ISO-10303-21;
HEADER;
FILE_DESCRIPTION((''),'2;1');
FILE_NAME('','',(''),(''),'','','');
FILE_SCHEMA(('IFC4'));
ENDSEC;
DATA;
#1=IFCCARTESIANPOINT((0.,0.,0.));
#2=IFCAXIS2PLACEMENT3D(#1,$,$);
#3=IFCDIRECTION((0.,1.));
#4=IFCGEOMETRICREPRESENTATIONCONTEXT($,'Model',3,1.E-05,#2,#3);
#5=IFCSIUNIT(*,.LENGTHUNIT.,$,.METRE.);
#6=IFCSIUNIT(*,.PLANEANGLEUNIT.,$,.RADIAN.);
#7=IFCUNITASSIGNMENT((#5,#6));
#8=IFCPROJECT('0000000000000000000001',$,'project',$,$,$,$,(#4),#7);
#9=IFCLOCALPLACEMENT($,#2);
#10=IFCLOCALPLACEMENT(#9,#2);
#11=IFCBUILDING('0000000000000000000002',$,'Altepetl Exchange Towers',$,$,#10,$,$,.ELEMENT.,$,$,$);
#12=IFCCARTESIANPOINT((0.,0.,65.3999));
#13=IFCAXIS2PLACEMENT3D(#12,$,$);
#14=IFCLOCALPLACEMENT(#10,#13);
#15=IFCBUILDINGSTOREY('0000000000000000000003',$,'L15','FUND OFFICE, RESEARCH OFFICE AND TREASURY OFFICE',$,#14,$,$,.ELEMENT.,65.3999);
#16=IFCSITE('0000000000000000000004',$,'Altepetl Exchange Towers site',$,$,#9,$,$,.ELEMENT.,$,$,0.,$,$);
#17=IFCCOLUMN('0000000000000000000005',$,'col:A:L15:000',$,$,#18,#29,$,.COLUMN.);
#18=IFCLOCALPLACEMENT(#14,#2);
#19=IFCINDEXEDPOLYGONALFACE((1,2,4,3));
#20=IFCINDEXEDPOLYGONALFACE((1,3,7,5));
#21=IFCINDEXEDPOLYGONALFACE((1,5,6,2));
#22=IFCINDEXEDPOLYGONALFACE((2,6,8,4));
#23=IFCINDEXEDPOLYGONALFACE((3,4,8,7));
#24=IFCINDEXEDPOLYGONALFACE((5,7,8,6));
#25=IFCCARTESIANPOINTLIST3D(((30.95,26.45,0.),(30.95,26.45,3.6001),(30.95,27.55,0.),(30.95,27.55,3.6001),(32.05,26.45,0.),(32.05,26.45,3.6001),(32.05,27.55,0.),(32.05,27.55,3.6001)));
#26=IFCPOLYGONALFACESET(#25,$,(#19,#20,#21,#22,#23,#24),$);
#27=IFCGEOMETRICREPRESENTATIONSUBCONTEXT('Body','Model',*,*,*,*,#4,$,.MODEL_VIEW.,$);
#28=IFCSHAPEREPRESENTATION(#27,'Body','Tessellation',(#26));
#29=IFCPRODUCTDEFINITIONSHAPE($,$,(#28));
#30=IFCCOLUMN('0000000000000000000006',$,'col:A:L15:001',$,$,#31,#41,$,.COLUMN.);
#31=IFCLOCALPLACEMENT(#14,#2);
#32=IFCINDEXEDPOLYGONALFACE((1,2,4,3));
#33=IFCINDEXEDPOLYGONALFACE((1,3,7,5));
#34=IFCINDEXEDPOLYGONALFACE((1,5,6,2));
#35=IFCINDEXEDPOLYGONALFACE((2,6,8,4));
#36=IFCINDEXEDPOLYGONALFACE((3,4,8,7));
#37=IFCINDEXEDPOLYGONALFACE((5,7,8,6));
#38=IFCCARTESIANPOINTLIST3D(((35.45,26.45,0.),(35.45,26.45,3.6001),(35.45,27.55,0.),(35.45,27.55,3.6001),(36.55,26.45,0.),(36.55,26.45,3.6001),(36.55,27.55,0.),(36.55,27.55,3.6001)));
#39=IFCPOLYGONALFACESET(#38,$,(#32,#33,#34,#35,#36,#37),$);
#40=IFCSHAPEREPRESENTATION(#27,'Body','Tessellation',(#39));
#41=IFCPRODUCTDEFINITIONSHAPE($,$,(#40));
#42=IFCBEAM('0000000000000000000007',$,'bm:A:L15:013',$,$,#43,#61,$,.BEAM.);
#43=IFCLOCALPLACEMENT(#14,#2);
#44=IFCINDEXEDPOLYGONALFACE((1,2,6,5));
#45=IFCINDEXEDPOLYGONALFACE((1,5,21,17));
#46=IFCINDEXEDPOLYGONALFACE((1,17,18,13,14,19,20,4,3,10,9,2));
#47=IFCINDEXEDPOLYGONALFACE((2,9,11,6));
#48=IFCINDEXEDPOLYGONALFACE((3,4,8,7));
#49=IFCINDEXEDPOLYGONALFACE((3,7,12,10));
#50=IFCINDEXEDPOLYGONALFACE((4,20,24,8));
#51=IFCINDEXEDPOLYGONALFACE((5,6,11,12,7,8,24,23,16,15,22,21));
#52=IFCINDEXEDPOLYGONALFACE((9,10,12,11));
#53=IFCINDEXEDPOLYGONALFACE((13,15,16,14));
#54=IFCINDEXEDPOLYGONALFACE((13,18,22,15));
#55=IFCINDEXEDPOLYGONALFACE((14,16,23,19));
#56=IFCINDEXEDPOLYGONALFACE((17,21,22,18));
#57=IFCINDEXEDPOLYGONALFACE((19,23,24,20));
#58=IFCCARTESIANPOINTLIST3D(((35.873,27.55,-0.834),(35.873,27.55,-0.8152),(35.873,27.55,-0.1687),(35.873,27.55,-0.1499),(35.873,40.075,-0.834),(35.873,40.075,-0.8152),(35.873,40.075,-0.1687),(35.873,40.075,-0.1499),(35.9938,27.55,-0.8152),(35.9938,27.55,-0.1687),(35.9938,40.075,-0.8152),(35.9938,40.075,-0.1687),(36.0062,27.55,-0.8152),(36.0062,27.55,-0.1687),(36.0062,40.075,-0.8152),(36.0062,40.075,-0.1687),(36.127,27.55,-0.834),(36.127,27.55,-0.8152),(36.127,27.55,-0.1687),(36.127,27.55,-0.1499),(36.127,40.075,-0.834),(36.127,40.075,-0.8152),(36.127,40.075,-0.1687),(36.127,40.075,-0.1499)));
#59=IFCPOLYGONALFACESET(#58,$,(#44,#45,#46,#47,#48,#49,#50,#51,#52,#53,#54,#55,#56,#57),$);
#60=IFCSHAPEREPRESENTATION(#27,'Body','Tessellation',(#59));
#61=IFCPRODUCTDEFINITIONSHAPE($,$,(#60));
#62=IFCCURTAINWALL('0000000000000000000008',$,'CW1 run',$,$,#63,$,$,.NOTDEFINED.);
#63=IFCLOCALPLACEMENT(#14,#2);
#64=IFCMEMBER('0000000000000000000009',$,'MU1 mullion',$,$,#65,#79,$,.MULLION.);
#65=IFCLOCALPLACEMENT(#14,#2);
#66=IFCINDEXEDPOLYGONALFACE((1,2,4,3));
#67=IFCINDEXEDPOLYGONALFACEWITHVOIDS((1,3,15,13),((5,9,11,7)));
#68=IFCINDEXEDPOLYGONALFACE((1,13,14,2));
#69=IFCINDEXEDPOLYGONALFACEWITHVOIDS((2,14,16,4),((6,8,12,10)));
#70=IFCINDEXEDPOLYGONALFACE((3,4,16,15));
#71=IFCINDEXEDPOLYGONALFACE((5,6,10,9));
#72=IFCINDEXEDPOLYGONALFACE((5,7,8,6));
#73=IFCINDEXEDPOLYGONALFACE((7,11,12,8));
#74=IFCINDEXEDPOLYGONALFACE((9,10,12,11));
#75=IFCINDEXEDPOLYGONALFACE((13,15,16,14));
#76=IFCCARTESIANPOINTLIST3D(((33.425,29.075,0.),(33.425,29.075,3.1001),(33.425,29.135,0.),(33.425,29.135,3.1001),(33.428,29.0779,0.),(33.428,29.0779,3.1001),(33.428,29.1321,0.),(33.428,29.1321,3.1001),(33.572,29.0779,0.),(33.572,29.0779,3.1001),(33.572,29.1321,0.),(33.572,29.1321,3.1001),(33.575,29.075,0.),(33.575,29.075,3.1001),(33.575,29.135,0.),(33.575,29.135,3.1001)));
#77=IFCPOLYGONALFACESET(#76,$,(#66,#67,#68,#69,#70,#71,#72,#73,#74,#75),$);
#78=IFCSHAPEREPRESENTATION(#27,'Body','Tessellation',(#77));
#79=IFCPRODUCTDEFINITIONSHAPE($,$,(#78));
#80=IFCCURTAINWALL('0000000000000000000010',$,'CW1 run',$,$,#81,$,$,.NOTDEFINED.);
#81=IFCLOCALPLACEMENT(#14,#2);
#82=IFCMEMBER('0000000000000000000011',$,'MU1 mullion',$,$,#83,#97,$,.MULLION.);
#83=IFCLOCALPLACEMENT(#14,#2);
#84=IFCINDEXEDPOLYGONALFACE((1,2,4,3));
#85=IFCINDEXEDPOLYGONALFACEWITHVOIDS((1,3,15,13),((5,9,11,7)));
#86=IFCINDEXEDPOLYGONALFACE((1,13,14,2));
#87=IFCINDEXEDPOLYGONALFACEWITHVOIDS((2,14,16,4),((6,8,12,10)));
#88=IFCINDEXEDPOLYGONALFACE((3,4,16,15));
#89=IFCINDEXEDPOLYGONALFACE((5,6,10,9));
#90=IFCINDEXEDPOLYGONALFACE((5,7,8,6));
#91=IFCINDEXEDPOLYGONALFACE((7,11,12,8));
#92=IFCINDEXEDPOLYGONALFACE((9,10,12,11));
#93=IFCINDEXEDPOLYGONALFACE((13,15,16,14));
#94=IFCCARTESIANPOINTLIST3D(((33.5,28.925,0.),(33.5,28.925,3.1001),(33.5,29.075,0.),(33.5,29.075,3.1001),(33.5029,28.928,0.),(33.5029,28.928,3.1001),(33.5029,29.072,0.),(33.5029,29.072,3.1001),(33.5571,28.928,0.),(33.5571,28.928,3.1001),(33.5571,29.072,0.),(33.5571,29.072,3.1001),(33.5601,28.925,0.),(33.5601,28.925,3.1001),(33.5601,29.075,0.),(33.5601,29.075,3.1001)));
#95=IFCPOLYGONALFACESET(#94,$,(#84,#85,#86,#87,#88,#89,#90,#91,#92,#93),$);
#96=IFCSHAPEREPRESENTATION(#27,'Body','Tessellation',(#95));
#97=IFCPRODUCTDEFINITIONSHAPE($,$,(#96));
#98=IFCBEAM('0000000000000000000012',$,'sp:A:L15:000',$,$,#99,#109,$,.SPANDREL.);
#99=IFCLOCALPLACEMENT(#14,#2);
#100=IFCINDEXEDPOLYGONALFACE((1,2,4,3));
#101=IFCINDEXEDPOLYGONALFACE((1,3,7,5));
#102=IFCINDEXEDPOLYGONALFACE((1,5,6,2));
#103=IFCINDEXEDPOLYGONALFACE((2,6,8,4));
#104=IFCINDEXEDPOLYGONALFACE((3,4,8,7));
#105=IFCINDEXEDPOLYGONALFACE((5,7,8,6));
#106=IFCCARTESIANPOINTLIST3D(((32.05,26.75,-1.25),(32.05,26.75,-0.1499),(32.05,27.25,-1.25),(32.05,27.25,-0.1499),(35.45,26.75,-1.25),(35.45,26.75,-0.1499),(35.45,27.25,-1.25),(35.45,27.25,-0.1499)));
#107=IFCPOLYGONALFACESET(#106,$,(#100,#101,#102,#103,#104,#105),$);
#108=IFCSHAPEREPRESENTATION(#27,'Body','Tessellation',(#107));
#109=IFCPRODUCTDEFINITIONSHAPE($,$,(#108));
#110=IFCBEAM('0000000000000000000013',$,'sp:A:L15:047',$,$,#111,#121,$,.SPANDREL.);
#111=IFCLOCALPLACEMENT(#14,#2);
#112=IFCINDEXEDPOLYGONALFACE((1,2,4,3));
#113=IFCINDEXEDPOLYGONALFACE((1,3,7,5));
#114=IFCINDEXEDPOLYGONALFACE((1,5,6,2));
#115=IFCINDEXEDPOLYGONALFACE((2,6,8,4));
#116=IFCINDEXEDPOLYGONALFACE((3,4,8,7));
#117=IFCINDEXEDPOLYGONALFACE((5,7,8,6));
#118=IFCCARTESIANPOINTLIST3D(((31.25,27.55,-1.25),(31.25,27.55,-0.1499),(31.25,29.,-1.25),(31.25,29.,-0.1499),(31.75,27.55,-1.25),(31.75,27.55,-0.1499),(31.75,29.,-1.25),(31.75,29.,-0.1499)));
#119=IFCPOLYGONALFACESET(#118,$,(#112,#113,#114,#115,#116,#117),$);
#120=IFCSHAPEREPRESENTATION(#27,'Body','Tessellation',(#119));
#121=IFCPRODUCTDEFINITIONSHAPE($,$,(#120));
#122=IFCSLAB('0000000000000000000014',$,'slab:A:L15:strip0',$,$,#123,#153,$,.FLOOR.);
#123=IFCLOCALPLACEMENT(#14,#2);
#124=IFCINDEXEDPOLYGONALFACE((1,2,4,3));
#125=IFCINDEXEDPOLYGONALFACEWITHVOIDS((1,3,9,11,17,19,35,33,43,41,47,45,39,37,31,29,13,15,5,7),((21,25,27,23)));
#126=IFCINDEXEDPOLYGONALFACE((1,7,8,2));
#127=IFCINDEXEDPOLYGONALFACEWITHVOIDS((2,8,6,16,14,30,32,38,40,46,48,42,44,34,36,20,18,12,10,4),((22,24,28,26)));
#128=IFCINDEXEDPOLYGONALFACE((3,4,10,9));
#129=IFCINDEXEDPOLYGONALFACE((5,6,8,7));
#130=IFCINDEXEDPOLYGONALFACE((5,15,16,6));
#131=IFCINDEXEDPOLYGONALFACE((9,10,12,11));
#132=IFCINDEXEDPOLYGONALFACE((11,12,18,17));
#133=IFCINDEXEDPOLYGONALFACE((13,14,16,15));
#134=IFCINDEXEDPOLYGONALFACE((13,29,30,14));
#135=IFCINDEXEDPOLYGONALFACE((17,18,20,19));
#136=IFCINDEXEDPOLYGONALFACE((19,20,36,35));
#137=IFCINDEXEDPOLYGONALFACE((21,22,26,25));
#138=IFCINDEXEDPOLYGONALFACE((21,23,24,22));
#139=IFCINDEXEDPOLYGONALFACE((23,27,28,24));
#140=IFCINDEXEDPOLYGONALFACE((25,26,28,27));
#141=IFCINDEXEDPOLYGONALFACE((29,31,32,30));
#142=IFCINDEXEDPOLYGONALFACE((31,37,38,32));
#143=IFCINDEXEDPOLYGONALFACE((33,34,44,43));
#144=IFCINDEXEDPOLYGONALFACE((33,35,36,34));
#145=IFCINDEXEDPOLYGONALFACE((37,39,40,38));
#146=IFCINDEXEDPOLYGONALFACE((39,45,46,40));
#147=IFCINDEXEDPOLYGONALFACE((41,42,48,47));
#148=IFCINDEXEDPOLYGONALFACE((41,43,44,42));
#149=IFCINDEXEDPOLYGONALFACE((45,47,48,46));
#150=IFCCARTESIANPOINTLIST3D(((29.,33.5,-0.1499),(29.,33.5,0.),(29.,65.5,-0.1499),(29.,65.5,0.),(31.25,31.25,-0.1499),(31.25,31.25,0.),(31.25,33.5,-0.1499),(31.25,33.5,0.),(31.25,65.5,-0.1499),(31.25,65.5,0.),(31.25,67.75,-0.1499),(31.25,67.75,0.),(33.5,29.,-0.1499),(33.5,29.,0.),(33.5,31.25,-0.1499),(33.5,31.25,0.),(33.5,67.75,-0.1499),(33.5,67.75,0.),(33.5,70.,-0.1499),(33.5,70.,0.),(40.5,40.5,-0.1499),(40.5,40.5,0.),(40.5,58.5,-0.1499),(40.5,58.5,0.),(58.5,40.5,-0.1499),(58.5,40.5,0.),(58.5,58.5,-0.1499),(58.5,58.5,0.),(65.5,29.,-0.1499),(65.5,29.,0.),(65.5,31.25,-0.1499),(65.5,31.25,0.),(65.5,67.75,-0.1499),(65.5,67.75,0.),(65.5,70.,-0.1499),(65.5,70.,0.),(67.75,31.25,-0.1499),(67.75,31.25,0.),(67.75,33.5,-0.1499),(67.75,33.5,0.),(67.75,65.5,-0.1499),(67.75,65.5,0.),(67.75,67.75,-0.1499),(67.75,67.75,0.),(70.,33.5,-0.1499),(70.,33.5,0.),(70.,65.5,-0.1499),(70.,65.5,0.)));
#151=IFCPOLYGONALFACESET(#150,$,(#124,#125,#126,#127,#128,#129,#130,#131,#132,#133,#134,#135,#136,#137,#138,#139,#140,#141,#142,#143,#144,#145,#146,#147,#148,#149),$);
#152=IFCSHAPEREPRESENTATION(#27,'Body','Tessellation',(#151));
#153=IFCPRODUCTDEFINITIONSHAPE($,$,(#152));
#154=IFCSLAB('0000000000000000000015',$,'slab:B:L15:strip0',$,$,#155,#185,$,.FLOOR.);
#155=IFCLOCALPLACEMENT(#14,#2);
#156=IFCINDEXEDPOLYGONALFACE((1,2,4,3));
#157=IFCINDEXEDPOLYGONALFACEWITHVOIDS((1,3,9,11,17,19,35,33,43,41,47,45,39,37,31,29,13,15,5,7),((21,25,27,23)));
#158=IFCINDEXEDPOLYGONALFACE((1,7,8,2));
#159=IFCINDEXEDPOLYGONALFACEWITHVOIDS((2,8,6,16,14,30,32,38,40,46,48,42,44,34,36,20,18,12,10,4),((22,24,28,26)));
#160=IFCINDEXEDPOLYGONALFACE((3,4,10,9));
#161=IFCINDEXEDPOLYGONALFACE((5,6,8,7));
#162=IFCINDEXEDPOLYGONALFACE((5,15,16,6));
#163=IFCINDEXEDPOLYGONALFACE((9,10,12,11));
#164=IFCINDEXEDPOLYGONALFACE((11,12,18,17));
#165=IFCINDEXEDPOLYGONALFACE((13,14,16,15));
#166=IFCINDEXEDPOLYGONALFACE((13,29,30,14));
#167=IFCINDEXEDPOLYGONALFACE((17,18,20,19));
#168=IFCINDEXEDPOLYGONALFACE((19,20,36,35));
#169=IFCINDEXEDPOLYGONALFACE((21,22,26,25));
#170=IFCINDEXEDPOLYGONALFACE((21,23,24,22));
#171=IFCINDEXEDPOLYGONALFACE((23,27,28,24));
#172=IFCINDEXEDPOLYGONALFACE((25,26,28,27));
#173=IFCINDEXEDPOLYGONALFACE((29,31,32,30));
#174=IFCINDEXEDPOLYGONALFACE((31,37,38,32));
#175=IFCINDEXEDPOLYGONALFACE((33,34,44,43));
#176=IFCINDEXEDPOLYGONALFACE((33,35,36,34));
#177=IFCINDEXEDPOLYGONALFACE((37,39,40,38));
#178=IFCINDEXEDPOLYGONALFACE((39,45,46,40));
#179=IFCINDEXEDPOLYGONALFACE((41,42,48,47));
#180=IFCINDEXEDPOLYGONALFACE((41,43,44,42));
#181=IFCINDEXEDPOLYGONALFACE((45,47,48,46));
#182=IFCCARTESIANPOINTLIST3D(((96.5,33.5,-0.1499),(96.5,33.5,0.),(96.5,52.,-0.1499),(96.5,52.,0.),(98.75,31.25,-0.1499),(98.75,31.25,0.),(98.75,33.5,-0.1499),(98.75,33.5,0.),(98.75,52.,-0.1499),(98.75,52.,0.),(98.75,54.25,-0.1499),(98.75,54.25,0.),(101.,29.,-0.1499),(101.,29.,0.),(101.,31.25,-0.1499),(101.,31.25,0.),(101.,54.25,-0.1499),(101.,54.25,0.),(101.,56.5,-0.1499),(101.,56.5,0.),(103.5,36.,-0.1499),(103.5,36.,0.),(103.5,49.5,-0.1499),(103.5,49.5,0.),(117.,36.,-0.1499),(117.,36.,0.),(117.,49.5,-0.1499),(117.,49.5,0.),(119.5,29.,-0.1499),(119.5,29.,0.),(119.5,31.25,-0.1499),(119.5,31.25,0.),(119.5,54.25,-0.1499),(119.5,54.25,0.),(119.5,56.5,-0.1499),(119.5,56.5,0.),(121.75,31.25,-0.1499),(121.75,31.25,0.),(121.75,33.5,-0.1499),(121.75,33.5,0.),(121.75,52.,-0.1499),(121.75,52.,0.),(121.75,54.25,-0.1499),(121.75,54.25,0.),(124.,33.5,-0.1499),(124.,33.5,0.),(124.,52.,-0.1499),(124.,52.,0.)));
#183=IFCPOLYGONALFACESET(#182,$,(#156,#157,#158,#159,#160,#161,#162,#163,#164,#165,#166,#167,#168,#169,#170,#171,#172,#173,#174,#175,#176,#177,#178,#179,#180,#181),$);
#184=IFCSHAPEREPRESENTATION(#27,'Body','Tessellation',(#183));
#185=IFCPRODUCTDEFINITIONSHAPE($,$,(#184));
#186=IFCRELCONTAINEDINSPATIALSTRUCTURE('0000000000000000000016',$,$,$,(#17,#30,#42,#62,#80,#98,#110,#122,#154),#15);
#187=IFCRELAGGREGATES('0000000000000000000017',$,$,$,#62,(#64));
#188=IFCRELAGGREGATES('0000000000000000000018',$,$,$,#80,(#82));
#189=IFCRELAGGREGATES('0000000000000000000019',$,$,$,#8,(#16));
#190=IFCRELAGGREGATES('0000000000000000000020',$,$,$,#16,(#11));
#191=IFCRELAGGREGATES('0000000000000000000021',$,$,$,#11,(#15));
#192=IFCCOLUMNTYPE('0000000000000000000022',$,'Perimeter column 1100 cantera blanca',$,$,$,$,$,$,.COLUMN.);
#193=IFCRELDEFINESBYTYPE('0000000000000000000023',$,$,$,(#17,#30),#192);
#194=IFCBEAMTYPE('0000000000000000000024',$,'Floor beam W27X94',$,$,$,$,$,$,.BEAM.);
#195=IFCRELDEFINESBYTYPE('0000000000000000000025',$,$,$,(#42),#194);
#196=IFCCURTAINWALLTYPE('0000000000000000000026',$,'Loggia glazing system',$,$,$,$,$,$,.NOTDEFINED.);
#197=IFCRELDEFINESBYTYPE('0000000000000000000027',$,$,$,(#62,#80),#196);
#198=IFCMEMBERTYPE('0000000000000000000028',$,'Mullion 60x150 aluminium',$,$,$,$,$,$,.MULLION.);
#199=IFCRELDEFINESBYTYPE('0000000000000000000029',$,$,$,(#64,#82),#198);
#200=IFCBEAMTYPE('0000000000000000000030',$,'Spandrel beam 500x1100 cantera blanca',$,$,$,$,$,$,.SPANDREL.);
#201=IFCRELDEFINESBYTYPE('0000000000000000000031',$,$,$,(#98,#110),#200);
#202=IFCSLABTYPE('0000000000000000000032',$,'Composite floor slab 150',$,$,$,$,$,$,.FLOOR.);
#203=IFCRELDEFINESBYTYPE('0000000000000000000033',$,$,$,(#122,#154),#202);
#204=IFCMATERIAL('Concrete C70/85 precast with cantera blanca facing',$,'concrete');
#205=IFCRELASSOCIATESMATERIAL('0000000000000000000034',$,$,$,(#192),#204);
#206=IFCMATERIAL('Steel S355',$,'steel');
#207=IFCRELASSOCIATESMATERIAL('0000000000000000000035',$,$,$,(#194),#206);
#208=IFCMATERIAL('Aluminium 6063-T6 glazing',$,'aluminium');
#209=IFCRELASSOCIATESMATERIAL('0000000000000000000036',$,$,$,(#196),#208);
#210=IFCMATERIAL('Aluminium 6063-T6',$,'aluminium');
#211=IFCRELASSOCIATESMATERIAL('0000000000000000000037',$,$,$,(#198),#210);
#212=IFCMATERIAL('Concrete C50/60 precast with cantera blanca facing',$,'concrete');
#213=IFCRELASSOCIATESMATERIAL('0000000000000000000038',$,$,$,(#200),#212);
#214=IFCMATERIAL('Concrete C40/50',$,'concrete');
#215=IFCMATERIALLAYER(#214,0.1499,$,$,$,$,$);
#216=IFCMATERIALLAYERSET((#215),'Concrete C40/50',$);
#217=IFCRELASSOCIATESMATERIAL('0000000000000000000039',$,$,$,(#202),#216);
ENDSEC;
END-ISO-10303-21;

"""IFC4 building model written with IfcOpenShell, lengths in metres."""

from ifc_helpers import new_model, si_unit, direction, frame, origin, origin_2d, place, context, subcontext, project, spatial, polyline, rectangle, hollow_rectangle, i_section, outline, extrude, material, layer, layer_set, material_profile, profile_set, type_object, element, aggregate, save


model = new_model("IFC4")

# Units and contexts
model_context = context("Model", 3, precision=1e-05, world=origin(), true_north=direction((0.0, 1.0)))
body_context = subcontext(model_context, "Body", "Model", "MODEL_VIEW")
ifc_project = project(units=[si_unit("LENGTHUNIT", "METRE"), si_unit("PLANEANGLEUNIT", "RADIAN")], contexts=[model_context])

# Site, building, storey
site_placement = place(None, origin())
site = spatial("IfcSite", under=ifc_project, at=site_placement, Name="Altepetl Exchange Towers site", CompositionType="ELEMENT", RefElevation=0.0)
building_placement = place(site_placement, origin())
building = spatial("IfcBuilding", under=site, at=building_placement, Name="Altepetl Exchange Towers", CompositionType="ELEMENT")
storey_placement = place(building_placement, frame((0.0, 0.0, 65.3999)))
storey = spatial("IfcBuildingStorey", under=building, at=storey_placement, Name="L15", Description="FUND OFFICE, RESEARCH OFFICE AND TREASURY OFFICE", CompositionType="ELEMENT", Elevation=65.3999)

# Columns
ifc_material_1 = material(Name="Concrete C70/85 precast with cantera blanca facing", Category="concrete")
ifc_material_profile_1 = material_profile(ifc_material_1, rectangle(XDim=1.1001, YDim=1.1001, at=origin_2d()), Name="1100 x 1100")
ifc_profile_set_1 = profile_set([ifc_material_profile_1], Name="Concrete C70/85 precast with cantera blanca facing")
column_type = type_object("IfcColumnType", Name="Perimeter column 1100 cantera blanca", PredefinedType="COLUMN", material=ifc_profile_set_1)
for number, where, name in (
    (1, (31.5, 27.0, 0.0), "col:A:L15:000"),
    (2, (36.0, 27.0, 0.0), "col:A:L15:001"),
):
    element("IfcColumn", number, at=place(storey_placement, frame(where)), inside=storey, type_object=column_type, Name=name, PredefinedType="COLUMN", context=body_context, shape_type="SweptSolid", body=[
        extrude(rectangle(XDim=1.1001, YDim=1.1001, at=origin_2d()), origin(), (0.0, 0.0, 1.0), 3.6001),
    ])

# Beam
ifc_material_2 = material(Name="Steel S355", Category="steel")
ifc_material_profile_2 = material_profile(ifc_material_2, i_section(OverallWidth=0.2539, OverallDepth=0.6841, WebThickness=0.0125, FlangeThickness=0.0188, at=origin_2d()), Name="W27X94")
ifc_profile_set_2 = profile_set([ifc_material_profile_2], Name="Steel S355")
beam_type_1 = type_object("IfcBeamType", Name="Floor beam W27X94", PredefinedType="BEAM", material=ifc_profile_set_2)
beam_1_placement = place(storey_placement, frame((36.0, 27.55, -0.4919), z_axis=(0.0, 1.0, 0.0), x_axis=(-1.0, 0.0, 0.0)))
element("IfcBeam", 3, at=beam_1_placement, inside=storey, type_object=beam_type_1, Name="bm:A:L15:013", PredefinedType="BEAM", context=body_context, shape_type="SweptSolid", body=[
    extrude(i_section(OverallWidth=0.2539, OverallDepth=0.6841, WebThickness=0.0125, FlangeThickness=0.0188, at=origin_2d()), origin(), (0.0, 0.0, 1.0), 12.5249),
])

# Curtain walls, members
ifc_material_3 = material(Name="Aluminium 6063-T6 glazing", Category="aluminium")
curtain_wall_type = type_object("IfcCurtainWallType", Name="Loggia glazing system", PredefinedType="NOTDEFINED", material=ifc_material_3)
curtain_wall_1_placement = place(storey_placement, origin())
curtain_wall_1 = element("IfcCurtainWall", 4, at=curtain_wall_1_placement, inside=storey, type_object=curtain_wall_type, Name="CW1 run", PredefinedType="NOTDEFINED")
ifc_material_4 = material(Name="Aluminium 6063-T6", Category="aluminium")
ifc_material_profile_3 = material_profile(ifc_material_4, hollow_rectangle(XDim=0.0601, YDim=0.1499, WallThickness=0.0029, at=origin_2d()), Name="Mullion 60x150 aluminium")
ifc_profile_set_3 = profile_set([ifc_material_profile_3], Name="Aluminium 6063-T6")
member_type = type_object("IfcMemberType", Name="Mullion 60x150 aluminium", PredefinedType="MULLION", material=ifc_profile_set_3)
member_1_placement = place(storey_placement, frame((33.5, 29.105, 0.0), z_axis=(0.0, 0.0, 1.0), x_axis=(0.0, -1.0, 0.0)))
member_1 = element("IfcMember", 5, at=member_1_placement, type_object=member_type, Name="MU1 mullion", PredefinedType="MULLION", context=body_context, shape_type="SweptSolid", body=[
    extrude(hollow_rectangle(XDim=0.0601, YDim=0.1499, WallThickness=0.0029, at=origin_2d()), origin(), (0.0, 0.0, 1.0), 3.1001),
])
aggregate(curtain_wall_1, [member_1])
curtain_wall_2_placement = place(storey_placement, origin())
curtain_wall_2 = element("IfcCurtainWall", 6, at=curtain_wall_2_placement, inside=storey, type_object=curtain_wall_type, Name="CW1 run", PredefinedType="NOTDEFINED")
member_2_placement = place(storey_placement, frame((33.53, 29.0, 0.0)))
member_2 = element("IfcMember", 7, at=member_2_placement, type_object=member_type, Name="MU1 mullion", PredefinedType="MULLION", context=body_context, shape_type="SweptSolid", body=[
    extrude(hollow_rectangle(XDim=0.0601, YDim=0.1499, WallThickness=0.0029, at=origin_2d()), origin(), (0.0, 0.0, 1.0), 3.1001),
])

# Beams
ifc_material_5 = material(Name="Concrete C50/60 precast with cantera blanca facing", Category="concrete")
ifc_material_profile_4 = material_profile(ifc_material_5, rectangle(XDim=0.5, YDim=1.1001, at=origin_2d()), Name="500 x 1100")
ifc_profile_set_4 = profile_set([ifc_material_profile_4], Name="Concrete C50/60 precast with cantera blanca facing")
beam_type_2 = type_object("IfcBeamType", Name="Spandrel beam 500x1100 cantera blanca", PredefinedType="SPANDREL", material=ifc_profile_set_4)
beam_2_placement = place(storey_placement, frame((32.05, 27.0, -0.7), z_axis=(1.0, 0.0, 0.0), x_axis=(0.0, 1.0, 0.0)))
element("IfcBeam", 8, at=beam_2_placement, inside=storey, type_object=beam_type_2, Name="sp:A:L15:000", PredefinedType="SPANDREL", context=body_context, shape_type="SweptSolid", body=[
    extrude(rectangle(XDim=0.5, YDim=1.1001, at=origin_2d()), origin(), (0.0, 0.0, 1.0), 3.3999),
])
beam_3_placement = place(storey_placement, frame((31.5, 29.0, -0.7), z_axis=(0.0, -1.0, 0.0), x_axis=(1.0, 0.0, 0.0)))
element("IfcBeam", 9, at=beam_3_placement, inside=storey, type_object=beam_type_2, Name="sp:A:L15:047", PredefinedType="SPANDREL", context=body_context, shape_type="SweptSolid", body=[
    extrude(rectangle(XDim=0.5, YDim=1.1001, at=origin_2d()), origin(), (0.0, 0.0, 1.0), 1.45),
])

# Slabs
ifc_material_6 = material(Name="Concrete C40/50", Category="concrete")
ifc_layer_1 = layer(ifc_material_6, 0.1499)
ifc_layer_set_1 = layer_set([ifc_layer_1], Name="Concrete C40/50")
slab_type_1 = type_object("IfcSlabType", Name="Composite floor slab 150", PredefinedType="FLOOR", material=ifc_layer_set_1)
slab_1_placement = place(storey_placement, frame((0.0, 0.0, -0.1499)))
element("IfcSlab", 10, at=slab_1_placement, inside=storey, type_object=slab_type_1, Name="slab:A:L15:strip0", PredefinedType="FLOOR", context=body_context, shape_type="SweptSolid", body=[
    extrude(outline(polyline([(31.25, 67.75), (31.25, 65.5), (29.0, 65.5), (29.0, 33.5), (31.25, 33.5), (31.25, 31.25), (33.5, 31.25), (33.5, 29.0), (65.5, 29.0), (65.5, 31.25), (67.75, 31.25), (67.75, 33.5), (70.0, 33.5), (70.0, 65.5), (67.75, 65.5), (67.75, 67.75), (65.5, 67.75), (65.5, 70.0), (33.5, 70.0), (33.5, 67.75), (31.25, 67.75)]), holes=[polyline([(58.5, 58.5), (58.5, 40.5), (40.5, 40.5), (40.5, 58.5), (58.5, 58.5)])]), origin(), (0.0, 0.0, 1.0), 0.1499),
])
slab_2_placement = place(storey_placement, frame((0.0, 0.0, -0.1499)))
element("IfcSlab", 11, at=slab_2_placement, inside=storey, type_object=slab_type_1, Name="slab:B:L15:strip0", PredefinedType="FLOOR", context=body_context, shape_type="SweptSolid", body=[
    extrude(outline(polyline([(98.75, 54.25), (98.75, 52.0), (96.5, 52.0), (96.5, 33.5), (98.75, 33.5), (98.75, 31.25), (101.0, 31.25), (101.0, 29.0), (119.5, 29.0), (119.5, 31.25), (121.75, 31.25), (121.75, 33.5), (124.0, 33.5), (124.0, 52.0), (121.75, 52.0), (121.75, 54.25), (119.5, 54.25), (119.5, 56.5), (101.0, 56.5), (101.0, 54.25), (98.75, 54.25)]), holes=[polyline([(117.0, 49.5), (117.0, 36.0), (103.5, 36.0), (103.5, 49.5), (117.0, 49.5)])]), origin(), (0.0, 0.0, 1.0), 0.1499),
])

aggregate(curtain_wall_2, [member_2])

save(model, "model.ifc")
